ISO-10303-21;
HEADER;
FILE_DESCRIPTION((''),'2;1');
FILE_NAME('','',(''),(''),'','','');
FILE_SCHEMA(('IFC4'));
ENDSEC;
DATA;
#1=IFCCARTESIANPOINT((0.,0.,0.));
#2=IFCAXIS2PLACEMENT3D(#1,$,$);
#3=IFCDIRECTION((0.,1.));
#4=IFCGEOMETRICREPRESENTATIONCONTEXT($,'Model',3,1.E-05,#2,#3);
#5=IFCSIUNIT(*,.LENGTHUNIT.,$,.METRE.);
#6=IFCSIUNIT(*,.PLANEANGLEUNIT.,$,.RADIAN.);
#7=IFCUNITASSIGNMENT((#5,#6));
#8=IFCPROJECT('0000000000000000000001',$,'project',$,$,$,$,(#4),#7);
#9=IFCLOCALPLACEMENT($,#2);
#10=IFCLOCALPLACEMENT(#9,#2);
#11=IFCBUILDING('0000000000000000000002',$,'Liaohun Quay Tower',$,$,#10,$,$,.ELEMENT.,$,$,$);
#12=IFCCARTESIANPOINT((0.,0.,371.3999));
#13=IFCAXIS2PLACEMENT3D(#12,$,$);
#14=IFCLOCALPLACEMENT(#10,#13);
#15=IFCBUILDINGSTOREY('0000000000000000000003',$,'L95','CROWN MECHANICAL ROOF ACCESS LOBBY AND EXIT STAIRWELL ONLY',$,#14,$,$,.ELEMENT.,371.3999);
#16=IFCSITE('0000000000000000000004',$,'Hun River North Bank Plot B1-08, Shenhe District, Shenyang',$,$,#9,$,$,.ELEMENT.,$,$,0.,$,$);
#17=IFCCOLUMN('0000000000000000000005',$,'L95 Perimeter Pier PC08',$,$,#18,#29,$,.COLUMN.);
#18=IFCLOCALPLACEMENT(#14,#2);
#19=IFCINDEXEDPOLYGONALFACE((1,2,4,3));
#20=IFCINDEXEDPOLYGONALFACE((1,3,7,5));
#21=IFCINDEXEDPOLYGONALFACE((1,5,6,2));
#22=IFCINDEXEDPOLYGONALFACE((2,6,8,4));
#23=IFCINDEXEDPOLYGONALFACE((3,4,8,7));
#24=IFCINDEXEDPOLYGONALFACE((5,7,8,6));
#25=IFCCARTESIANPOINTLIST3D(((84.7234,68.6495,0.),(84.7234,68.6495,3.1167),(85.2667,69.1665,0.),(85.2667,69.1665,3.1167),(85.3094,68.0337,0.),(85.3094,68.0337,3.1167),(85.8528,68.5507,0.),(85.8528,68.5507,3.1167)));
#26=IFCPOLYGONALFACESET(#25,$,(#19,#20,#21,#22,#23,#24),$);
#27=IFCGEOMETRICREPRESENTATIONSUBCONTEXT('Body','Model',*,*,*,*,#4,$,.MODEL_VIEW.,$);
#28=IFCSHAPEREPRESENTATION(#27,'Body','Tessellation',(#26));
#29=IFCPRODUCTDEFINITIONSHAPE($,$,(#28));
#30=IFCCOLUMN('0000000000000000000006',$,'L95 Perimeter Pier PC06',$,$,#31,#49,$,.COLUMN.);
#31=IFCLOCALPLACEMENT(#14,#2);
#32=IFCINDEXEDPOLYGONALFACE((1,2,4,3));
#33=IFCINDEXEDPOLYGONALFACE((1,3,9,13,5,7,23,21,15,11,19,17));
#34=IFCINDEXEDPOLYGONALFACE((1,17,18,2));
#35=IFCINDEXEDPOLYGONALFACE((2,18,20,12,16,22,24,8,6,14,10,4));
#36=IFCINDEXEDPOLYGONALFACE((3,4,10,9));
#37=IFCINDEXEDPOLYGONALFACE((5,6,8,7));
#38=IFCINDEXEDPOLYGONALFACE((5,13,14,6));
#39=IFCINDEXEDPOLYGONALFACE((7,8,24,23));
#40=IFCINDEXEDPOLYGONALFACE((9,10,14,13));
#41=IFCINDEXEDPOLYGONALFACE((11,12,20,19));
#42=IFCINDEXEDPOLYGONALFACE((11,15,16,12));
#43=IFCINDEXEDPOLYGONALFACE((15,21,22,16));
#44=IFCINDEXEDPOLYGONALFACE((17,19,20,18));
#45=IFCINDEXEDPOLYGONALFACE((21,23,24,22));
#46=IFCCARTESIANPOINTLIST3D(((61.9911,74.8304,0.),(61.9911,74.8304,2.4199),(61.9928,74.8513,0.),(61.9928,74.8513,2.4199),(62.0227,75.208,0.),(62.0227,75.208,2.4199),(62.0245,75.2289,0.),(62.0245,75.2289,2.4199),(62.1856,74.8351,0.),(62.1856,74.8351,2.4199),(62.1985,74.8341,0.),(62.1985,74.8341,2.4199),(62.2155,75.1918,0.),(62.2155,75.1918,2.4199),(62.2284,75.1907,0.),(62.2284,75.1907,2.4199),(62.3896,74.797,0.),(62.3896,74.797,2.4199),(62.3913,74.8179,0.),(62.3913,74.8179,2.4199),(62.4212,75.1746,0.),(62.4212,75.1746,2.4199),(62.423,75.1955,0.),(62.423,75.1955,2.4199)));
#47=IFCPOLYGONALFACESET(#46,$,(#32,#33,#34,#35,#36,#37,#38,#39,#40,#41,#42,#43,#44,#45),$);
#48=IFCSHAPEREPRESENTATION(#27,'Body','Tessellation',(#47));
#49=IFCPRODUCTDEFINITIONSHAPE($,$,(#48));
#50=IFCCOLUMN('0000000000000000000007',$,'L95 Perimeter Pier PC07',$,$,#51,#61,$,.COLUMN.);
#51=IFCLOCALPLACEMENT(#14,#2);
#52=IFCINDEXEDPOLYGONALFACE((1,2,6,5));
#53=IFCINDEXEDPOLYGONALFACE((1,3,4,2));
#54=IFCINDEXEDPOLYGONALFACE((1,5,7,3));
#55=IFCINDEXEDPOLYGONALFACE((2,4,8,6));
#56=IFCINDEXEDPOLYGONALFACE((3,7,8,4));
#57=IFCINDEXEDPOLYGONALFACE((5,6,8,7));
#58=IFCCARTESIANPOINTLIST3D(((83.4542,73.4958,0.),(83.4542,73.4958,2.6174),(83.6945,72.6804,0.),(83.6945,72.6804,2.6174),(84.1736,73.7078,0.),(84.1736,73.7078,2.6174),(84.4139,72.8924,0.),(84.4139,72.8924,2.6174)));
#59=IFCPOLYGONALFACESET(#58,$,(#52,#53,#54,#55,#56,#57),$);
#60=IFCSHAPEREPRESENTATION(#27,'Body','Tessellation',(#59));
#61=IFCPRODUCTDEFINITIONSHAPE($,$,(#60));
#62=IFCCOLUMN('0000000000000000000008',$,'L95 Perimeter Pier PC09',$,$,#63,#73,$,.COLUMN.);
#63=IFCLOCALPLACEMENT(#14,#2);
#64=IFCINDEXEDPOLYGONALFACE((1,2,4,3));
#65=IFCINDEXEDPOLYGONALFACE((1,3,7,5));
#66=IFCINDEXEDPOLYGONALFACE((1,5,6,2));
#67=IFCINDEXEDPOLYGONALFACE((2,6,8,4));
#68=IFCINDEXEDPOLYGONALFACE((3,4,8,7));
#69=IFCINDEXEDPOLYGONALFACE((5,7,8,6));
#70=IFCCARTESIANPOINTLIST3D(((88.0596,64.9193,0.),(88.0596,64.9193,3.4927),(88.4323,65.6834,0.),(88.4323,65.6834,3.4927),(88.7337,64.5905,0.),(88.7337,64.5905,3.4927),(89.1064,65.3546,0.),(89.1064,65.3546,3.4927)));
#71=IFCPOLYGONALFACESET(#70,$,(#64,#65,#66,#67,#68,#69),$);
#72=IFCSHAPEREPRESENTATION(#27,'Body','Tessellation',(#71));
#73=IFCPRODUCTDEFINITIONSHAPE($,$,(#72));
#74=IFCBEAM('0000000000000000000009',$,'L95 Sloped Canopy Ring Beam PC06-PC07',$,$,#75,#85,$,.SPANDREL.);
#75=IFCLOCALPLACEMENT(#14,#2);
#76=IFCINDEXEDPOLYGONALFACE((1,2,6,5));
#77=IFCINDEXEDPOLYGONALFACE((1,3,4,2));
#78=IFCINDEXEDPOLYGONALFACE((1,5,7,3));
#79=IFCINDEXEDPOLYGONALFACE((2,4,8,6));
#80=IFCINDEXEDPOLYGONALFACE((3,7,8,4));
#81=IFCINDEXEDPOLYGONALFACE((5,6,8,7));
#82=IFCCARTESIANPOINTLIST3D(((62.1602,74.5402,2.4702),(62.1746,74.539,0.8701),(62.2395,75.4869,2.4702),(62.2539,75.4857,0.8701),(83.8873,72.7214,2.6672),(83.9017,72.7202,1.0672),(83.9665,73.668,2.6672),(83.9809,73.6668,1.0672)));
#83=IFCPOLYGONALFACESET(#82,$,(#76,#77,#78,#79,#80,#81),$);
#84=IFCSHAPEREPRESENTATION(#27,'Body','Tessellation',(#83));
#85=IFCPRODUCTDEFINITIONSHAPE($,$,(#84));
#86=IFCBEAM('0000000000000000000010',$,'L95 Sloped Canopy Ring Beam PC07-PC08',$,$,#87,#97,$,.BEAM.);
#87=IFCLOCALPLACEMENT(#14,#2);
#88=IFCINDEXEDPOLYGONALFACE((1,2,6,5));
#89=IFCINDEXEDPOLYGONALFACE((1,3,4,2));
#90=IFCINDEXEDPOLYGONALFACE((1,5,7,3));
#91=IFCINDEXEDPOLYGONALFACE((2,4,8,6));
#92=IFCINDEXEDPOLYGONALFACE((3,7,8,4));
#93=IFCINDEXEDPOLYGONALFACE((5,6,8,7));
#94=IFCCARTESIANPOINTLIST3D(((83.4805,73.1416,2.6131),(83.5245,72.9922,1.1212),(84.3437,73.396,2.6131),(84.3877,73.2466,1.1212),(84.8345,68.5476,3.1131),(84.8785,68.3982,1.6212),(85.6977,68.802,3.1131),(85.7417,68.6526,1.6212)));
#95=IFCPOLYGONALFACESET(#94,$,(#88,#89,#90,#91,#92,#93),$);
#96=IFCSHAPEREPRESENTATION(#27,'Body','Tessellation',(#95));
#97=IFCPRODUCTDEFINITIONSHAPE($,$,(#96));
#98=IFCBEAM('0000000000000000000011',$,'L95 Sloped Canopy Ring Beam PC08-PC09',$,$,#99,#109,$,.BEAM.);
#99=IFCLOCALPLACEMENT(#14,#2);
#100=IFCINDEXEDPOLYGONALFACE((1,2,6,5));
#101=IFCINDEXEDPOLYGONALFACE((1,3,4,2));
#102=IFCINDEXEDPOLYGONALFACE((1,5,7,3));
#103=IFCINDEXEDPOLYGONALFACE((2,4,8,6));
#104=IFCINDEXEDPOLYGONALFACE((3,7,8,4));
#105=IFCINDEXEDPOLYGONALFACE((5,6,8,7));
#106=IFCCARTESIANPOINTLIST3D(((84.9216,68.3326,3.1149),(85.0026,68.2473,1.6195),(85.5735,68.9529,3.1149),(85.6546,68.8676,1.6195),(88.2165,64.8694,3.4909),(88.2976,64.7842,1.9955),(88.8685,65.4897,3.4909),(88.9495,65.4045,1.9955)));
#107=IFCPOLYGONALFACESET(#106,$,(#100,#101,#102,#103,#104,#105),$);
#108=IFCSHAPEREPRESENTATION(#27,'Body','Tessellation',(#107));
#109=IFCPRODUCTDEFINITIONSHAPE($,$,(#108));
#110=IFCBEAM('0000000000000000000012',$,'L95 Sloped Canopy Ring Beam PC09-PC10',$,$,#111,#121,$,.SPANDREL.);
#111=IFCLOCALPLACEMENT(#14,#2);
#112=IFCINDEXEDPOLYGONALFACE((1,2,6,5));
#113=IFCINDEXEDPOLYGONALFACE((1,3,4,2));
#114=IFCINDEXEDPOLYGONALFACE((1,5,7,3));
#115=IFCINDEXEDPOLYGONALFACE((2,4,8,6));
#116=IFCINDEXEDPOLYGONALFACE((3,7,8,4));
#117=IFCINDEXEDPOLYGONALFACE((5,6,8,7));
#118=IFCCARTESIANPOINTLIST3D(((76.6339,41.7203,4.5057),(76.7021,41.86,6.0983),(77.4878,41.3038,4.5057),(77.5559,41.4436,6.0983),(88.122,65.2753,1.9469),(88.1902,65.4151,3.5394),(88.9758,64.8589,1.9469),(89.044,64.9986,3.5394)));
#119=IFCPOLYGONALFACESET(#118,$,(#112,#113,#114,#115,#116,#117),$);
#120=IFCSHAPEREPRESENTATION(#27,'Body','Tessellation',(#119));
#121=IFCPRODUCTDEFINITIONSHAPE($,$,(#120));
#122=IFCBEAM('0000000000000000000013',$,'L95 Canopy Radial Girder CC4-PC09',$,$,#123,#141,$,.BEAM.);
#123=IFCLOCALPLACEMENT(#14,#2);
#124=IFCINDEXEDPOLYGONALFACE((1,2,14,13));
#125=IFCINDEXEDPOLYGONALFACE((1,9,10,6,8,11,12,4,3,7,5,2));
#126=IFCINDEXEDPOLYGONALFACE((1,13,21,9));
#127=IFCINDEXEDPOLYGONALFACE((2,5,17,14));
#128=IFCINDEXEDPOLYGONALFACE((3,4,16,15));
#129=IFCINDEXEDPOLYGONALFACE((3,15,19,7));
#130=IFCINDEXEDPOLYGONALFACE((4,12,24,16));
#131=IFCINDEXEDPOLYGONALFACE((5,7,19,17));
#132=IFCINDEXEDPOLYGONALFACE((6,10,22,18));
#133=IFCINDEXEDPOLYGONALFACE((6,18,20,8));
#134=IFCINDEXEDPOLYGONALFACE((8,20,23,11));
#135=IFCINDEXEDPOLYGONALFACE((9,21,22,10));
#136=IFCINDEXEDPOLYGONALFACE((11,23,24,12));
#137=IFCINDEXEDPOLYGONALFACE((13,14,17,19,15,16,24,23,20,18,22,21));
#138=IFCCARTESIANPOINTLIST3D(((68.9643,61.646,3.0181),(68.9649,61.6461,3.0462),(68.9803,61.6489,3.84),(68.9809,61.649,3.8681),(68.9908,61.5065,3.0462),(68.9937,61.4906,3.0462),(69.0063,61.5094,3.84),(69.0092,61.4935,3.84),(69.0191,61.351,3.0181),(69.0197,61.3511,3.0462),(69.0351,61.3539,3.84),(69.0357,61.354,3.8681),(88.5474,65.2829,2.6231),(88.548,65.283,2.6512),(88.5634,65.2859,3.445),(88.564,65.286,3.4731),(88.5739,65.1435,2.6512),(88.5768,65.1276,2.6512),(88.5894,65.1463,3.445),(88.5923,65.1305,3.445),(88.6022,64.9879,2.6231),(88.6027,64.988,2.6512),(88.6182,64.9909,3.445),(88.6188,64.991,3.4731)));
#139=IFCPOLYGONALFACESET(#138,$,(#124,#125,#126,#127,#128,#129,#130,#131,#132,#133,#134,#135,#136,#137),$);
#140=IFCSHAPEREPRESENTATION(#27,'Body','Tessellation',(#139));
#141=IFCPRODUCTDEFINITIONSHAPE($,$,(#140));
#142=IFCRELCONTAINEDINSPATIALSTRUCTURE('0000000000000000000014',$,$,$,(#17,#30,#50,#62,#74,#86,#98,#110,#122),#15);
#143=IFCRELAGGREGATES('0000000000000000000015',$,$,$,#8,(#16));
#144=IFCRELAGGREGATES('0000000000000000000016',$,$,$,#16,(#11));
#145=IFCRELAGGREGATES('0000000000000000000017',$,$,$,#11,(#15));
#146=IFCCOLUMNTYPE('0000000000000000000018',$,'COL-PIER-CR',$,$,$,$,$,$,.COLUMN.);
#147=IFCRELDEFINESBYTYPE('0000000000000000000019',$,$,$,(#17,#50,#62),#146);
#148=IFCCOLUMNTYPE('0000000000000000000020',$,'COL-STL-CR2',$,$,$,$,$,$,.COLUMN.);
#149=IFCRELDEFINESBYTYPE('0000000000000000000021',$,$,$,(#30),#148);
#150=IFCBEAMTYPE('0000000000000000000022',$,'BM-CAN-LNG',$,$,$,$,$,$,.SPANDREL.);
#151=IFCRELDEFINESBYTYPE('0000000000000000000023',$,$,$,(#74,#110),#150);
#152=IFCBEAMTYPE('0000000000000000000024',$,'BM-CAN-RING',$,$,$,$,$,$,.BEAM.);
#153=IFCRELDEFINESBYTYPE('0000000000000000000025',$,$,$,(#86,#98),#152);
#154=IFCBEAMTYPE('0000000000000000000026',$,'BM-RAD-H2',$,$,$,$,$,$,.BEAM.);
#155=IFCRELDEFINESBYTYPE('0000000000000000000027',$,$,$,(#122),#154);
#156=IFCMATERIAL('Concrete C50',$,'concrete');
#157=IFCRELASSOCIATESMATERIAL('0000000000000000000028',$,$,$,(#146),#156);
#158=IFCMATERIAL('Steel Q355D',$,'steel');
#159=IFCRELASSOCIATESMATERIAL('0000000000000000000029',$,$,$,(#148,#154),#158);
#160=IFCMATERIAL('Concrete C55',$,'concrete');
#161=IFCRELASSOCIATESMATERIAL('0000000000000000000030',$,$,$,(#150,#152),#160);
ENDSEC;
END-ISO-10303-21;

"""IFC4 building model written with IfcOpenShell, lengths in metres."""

from ifc_helpers import new_model, si_unit, direction, frame, origin, origin_2d, place, context, subcontext, project, spatial, rectangle, i_section, extrude, source, transform, mapped, material, material_profile, profile_set, type_object, element, save


model = new_model("IFC4")

# Units and contexts
model_context = context("Model", 3, precision=1e-05, world=origin(), true_north=direction((0.0, 1.0)))
body_context = subcontext(model_context, "Body", "Model", "MODEL_VIEW")
ifc_project = project(units=[si_unit("LENGTHUNIT", "METRE"), si_unit("PLANEANGLEUNIT", "RADIAN")], contexts=[model_context])

# Site, building, storey
site_placement = place(None, origin())
site = spatial("IfcSite", under=ifc_project, at=site_placement, Name="Hun River North Bank Plot B1-08, Shenhe District, Shenyang", CompositionType="ELEMENT", RefElevation=0.0)
building_placement = place(site_placement, origin())
building = spatial("IfcBuilding", under=site, at=building_placement, Name="Liaohun Quay Tower", CompositionType="ELEMENT")
storey_placement = place(building_placement, frame((0.0, 0.0, 371.3999)))
storey = spatial("IfcBuildingStorey", under=building, at=storey_placement, Name="L95", Description="CROWN MECHANICAL ROOF ACCESS LOBBY AND EXIT STAIRWELL ONLY", CompositionType="ELEMENT", Elevation=371.3999)

# Columns
ifc_material_1 = material(Name="Concrete C50", Category="concrete")
ifc_material_profile_1 = material_profile(ifc_material_1, rectangle(XDim=0.8501, YDim=0.75, at=origin_2d()), Name="RC850x750")
ifc_profile_set_1 = profile_set([ifc_material_profile_1], Name="Concrete C50")
column_type_1 = type_object("IfcColumnType", Name="COL-PIER-CR", PredefinedType="COLUMN", material=ifc_profile_set_1)
shared_shape_1 = source(origin(), body_context, "Body", "SweptSolid", [
    extrude(rectangle(XDim=0.8501, YDim=0.75, at=origin_2d()), origin(), (0.0, 0.0, 1.0), 3.1167),
])
column_1_placement = place(storey_placement, frame((85.2881, 68.6001, 0.0), z_axis=(0.0, 0.0, 1.0), x_axis=(-0.689367, 0.724413, 0.0)))
element("IfcColumn", 1, at=column_1_placement, inside=storey, type_object=column_type_1, Name="L95 Perimeter Pier PC08", PredefinedType="COLUMN", context=body_context, shape_type="MappedRepresentation", body=[
    mapped(shared_shape_1, transform((0.0, 0.0, 0.0), x_axis=(1.0, 0.0, 0.0), y_axis=(0.0, 1.0, 0.0), z_axis=(0.0, 0.0, 1.0), scale=1.0)),
])
ifc_material_2 = material(Name="Steel Q355D", Category="steel")
ifc_material_profile_2 = material_profile(ifc_material_2, i_section(OverallWidth=0.3999, OverallDepth=0.3999, WebThickness=0.0129, FlangeThickness=0.021, at=origin_2d()), Name="HW400x400x13x21")
ifc_profile_set_2 = profile_set([ifc_material_profile_2], Name="Steel Q355D")
column_type_2 = type_object("IfcColumnType", Name="COL-STL-CR2", PredefinedType="COLUMN", material=ifc_profile_set_2)
shared_shape_2 = source(origin(), body_context, "Body", "SweptSolid", [
    extrude(i_section(OverallWidth=0.3999, OverallDepth=0.3999, WebThickness=0.0129, FlangeThickness=0.021, at=origin_2d()), origin(), (0.0, 0.0, 1.0), 2.4199),
])
column_2_placement = place(storey_placement, frame((62.207, 75.0129, 0.0), z_axis=(0.0, 0.0, 1.0), x_axis=(-0.996507, 0.083504, 0.0)))
element("IfcColumn", 2, at=column_2_placement, inside=storey, type_object=column_type_2, Name="L95 Perimeter Pier PC06", PredefinedType="COLUMN", context=body_context, shape_type="MappedRepresentation", body=[
    mapped(shared_shape_2, transform((0.0, 0.0, 0.0), x_axis=(1.0, 0.0, 0.0), y_axis=(0.0, 1.0, 0.0), z_axis=(0.0, 0.0, 1.0), scale=1.0)),
])
shared_shape_3 = source(origin(), body_context, "Body", "SweptSolid", [
    extrude(rectangle(XDim=0.8501, YDim=0.75, at=origin_2d()), origin(), (0.0, 0.0, 1.0), 2.6174),
])
column_3_placement = place(storey_placement, frame((83.9341, 73.1941, 0.0), z_axis=(0.0, 0.0, 1.0), x_axis=(-0.282676, 0.959215, 0.0)))
element("IfcColumn", 3, at=column_3_placement, inside=storey, type_object=column_type_1, Name="L95 Perimeter Pier PC07", PredefinedType="COLUMN", context=body_context, shape_type="MappedRepresentation", body=[
    mapped(shared_shape_3, transform((0.0, 0.0, 0.0), x_axis=(1.0, 0.0, 0.0), y_axis=(0.0, 1.0, 0.0), z_axis=(0.0, 0.0, 1.0), scale=1.0)),
])
shared_shape_4 = source(origin(), body_context, "Body", "SweptSolid", [
    extrude(rectangle(XDim=0.8501, YDim=0.75, at=origin_2d()), origin(), (0.0, 0.0, 1.0), 3.4927),
])
column_4_placement = place(storey_placement, frame((88.583, 65.137, 0.0), z_axis=(0.0, 0.0, 1.0), x_axis=(0.438371, 0.898794, 0.0)))
element("IfcColumn", 4, at=column_4_placement, inside=storey, type_object=column_type_1, Name="L95 Perimeter Pier PC09", PredefinedType="COLUMN", context=body_context, shape_type="MappedRepresentation", body=[
    mapped(shared_shape_4, transform((0.0, 0.0, 0.0), x_axis=(1.0, 0.0, 0.0), y_axis=(0.0, 1.0, 0.0), z_axis=(0.0, 0.0, 1.0), scale=1.0)),
])

# Beams
ifc_material_3 = material(Name="Concrete C55", Category="concrete")
ifc_material_profile_3 = material_profile(ifc_material_3, rectangle(XDim=0.95, YDim=1.6001, at=origin_2d()), Name="RC950x1600")
ifc_profile_set_3 = profile_set([ifc_material_profile_3], Name="Concrete C55")
beam_type_1 = type_object("IfcBeamType", Name="BM-CAN-LNG", PredefinedType="SPANDREL", material=ifc_profile_set_3)
shared_shape_5 = source(origin(), body_context, "Body", "SweptSolid", [
    extrude(rectangle(XDim=0.95, YDim=1.6001, at=origin_2d()), origin(), (0.0, 0.0, 1.0), 21.804),
])
beam_1_placement = place(storey_placement, frame((62.207, 75.0129, 1.6702), z_axis=(0.996474, -0.083418, 0.009036), x_axis=(0.083422, 0.996514, 0.0)))
element("IfcBeam", 5, at=beam_1_placement, inside=storey, type_object=beam_type_1, Name="L95 Sloped Canopy Ring Beam PC06-PC07", PredefinedType="SPANDREL", context=body_context, shape_type="MappedRepresentation", body=[
    mapped(shared_shape_5, transform((0.0, 0.0, 0.0), x_axis=(1.0, 0.0, 0.0), y_axis=(0.0, 1.0, 0.0), z_axis=(0.0, 0.0, 1.0), scale=1.0)),
])
ifc_material_profile_4 = material_profile(ifc_material_3, rectangle(XDim=0.8999, YDim=1.5, at=origin_2d()), Name="RC900x1500")
ifc_profile_set_4 = profile_set([ifc_material_profile_4], Name="Concrete C55")
beam_type_2 = type_object("IfcBeamType", Name="BM-CAN-RING", PredefinedType="BEAM", material=ifc_profile_set_4)
shared_shape_6 = source(origin(), body_context, "Body", "SweptSolid", [
    extrude(rectangle(XDim=0.8999, YDim=1.5, at=origin_2d()), origin(), (0.0, 0.0, 1.0), 4.8154),
])
beam_2_placement = place(storey_placement, frame((83.9341, 73.1941, 1.8672), z_axis=(0.281182, -0.954021, 0.103833), x_axis=(0.959205, 0.28271, 0.0)))
element("IfcBeam", 6, at=beam_2_placement, inside=storey, type_object=beam_type_2, Name="L95 Sloped Canopy Ring Beam PC07-PC08", PredefinedType="BEAM", context=body_context, shape_type="MappedRepresentation", body=[
    mapped(shared_shape_6, transform((0.0, 0.0, 0.0), x_axis=(1.0, 0.0, 0.0), y_axis=(0.0, 1.0, 0.0), z_axis=(0.0, 0.0, 1.0), scale=1.0)),
])
shared_shape_7 = source(origin(), body_context, "Body", "SweptSolid", [
    extrude(rectangle(XDim=0.8999, YDim=1.5, at=origin_2d()), origin(), (0.0, 0.0, 1.0), 4.7949),
])
beam_3_placement = place(storey_placement, frame((85.2881, 68.6001, 2.3672), z_axis=(0.687171, -0.722252, 0.078412), x_axis=(0.724483, 0.689293, 0.0)))
element("IfcBeam", 7, at=beam_3_placement, inside=storey, type_object=beam_type_2, Name="L95 Sloped Canopy Ring Beam PC08-PC09", PredefinedType="BEAM", context=body_context, shape_type="MappedRepresentation", body=[
    mapped(shared_shape_7, transform((0.0, 0.0, 0.0), x_axis=(1.0, 0.0, 0.0), y_axis=(0.0, 1.0, 0.0), z_axis=(0.0, 0.0, 1.0), scale=1.0)),
])
shared_shape_8 = source(origin(), body_context, "Body", "SweptSolid", [
    extrude(rectangle(XDim=0.95, YDim=1.6001, at=origin_2d()), origin(), (0.0, 0.0, 1.0), 26.3318),
])
beam_4_placement = place(storey_placement, frame((88.583, 65.137, 2.7432), z_axis=(-0.436282, -0.894547, 0.097177), x_axis=(0.898801, -0.438357, 0.0)))
element("IfcBeam", 8, at=beam_4_placement, inside=storey, type_object=beam_type_1, Name="L95 Sloped Canopy Ring Beam PC09-PC10", PredefinedType="SPANDREL", context=body_context, shape_type="MappedRepresentation", body=[
    mapped(shared_shape_8, transform((0.0, 0.0, 0.0), x_axis=(1.0, 0.0, 0.0), y_axis=(0.0, 1.0, 0.0), z_axis=(0.0, 0.0, 1.0), scale=1.0)),
])
ifc_material_profile_5 = material_profile(ifc_material_2, i_section(OverallWidth=0.3, OverallDepth=0.8501, WebThickness=0.0161, FlangeThickness=0.0281, at=origin_2d()), Name="HN850x300x16x28")
ifc_profile_set_5 = profile_set([ifc_material_profile_5], Name="Steel Q355D")
beam_type_3 = type_object("IfcBeamType", Name="BM-RAD-H2", PredefinedType="BEAM", material=ifc_profile_set_5)
shared_shape_9 = source(origin(), body_context, "Body", "SweptSolid", [
    extrude(i_section(OverallWidth=0.3, OverallDepth=0.8501, WebThickness=0.0161, FlangeThickness=0.0281, at=origin_2d()), origin(), (0.0, 0.0, 1.0), 19.9219),
])
beam_5_placement = place(storey_placement, frame((69.0, 61.5, 3.4431), z_axis=(0.982994, 0.182562, -0.019829), x_axis=(-0.182598, 0.983188, 0.0)))
element("IfcBeam", 9, at=beam_5_placement, inside=storey, type_object=beam_type_3, Name="L95 Canopy Radial Girder CC4-PC09", PredefinedType="BEAM", context=body_context, shape_type="MappedRepresentation", body=[
    mapped(shared_shape_9, transform((0.0, 0.0, 0.0), x_axis=(1.0, 0.0, 0.0), y_axis=(0.0, 1.0, 0.0), z_axis=(0.0, 0.0, 1.0), scale=1.0)),
])

save(model, "model.ifc")
